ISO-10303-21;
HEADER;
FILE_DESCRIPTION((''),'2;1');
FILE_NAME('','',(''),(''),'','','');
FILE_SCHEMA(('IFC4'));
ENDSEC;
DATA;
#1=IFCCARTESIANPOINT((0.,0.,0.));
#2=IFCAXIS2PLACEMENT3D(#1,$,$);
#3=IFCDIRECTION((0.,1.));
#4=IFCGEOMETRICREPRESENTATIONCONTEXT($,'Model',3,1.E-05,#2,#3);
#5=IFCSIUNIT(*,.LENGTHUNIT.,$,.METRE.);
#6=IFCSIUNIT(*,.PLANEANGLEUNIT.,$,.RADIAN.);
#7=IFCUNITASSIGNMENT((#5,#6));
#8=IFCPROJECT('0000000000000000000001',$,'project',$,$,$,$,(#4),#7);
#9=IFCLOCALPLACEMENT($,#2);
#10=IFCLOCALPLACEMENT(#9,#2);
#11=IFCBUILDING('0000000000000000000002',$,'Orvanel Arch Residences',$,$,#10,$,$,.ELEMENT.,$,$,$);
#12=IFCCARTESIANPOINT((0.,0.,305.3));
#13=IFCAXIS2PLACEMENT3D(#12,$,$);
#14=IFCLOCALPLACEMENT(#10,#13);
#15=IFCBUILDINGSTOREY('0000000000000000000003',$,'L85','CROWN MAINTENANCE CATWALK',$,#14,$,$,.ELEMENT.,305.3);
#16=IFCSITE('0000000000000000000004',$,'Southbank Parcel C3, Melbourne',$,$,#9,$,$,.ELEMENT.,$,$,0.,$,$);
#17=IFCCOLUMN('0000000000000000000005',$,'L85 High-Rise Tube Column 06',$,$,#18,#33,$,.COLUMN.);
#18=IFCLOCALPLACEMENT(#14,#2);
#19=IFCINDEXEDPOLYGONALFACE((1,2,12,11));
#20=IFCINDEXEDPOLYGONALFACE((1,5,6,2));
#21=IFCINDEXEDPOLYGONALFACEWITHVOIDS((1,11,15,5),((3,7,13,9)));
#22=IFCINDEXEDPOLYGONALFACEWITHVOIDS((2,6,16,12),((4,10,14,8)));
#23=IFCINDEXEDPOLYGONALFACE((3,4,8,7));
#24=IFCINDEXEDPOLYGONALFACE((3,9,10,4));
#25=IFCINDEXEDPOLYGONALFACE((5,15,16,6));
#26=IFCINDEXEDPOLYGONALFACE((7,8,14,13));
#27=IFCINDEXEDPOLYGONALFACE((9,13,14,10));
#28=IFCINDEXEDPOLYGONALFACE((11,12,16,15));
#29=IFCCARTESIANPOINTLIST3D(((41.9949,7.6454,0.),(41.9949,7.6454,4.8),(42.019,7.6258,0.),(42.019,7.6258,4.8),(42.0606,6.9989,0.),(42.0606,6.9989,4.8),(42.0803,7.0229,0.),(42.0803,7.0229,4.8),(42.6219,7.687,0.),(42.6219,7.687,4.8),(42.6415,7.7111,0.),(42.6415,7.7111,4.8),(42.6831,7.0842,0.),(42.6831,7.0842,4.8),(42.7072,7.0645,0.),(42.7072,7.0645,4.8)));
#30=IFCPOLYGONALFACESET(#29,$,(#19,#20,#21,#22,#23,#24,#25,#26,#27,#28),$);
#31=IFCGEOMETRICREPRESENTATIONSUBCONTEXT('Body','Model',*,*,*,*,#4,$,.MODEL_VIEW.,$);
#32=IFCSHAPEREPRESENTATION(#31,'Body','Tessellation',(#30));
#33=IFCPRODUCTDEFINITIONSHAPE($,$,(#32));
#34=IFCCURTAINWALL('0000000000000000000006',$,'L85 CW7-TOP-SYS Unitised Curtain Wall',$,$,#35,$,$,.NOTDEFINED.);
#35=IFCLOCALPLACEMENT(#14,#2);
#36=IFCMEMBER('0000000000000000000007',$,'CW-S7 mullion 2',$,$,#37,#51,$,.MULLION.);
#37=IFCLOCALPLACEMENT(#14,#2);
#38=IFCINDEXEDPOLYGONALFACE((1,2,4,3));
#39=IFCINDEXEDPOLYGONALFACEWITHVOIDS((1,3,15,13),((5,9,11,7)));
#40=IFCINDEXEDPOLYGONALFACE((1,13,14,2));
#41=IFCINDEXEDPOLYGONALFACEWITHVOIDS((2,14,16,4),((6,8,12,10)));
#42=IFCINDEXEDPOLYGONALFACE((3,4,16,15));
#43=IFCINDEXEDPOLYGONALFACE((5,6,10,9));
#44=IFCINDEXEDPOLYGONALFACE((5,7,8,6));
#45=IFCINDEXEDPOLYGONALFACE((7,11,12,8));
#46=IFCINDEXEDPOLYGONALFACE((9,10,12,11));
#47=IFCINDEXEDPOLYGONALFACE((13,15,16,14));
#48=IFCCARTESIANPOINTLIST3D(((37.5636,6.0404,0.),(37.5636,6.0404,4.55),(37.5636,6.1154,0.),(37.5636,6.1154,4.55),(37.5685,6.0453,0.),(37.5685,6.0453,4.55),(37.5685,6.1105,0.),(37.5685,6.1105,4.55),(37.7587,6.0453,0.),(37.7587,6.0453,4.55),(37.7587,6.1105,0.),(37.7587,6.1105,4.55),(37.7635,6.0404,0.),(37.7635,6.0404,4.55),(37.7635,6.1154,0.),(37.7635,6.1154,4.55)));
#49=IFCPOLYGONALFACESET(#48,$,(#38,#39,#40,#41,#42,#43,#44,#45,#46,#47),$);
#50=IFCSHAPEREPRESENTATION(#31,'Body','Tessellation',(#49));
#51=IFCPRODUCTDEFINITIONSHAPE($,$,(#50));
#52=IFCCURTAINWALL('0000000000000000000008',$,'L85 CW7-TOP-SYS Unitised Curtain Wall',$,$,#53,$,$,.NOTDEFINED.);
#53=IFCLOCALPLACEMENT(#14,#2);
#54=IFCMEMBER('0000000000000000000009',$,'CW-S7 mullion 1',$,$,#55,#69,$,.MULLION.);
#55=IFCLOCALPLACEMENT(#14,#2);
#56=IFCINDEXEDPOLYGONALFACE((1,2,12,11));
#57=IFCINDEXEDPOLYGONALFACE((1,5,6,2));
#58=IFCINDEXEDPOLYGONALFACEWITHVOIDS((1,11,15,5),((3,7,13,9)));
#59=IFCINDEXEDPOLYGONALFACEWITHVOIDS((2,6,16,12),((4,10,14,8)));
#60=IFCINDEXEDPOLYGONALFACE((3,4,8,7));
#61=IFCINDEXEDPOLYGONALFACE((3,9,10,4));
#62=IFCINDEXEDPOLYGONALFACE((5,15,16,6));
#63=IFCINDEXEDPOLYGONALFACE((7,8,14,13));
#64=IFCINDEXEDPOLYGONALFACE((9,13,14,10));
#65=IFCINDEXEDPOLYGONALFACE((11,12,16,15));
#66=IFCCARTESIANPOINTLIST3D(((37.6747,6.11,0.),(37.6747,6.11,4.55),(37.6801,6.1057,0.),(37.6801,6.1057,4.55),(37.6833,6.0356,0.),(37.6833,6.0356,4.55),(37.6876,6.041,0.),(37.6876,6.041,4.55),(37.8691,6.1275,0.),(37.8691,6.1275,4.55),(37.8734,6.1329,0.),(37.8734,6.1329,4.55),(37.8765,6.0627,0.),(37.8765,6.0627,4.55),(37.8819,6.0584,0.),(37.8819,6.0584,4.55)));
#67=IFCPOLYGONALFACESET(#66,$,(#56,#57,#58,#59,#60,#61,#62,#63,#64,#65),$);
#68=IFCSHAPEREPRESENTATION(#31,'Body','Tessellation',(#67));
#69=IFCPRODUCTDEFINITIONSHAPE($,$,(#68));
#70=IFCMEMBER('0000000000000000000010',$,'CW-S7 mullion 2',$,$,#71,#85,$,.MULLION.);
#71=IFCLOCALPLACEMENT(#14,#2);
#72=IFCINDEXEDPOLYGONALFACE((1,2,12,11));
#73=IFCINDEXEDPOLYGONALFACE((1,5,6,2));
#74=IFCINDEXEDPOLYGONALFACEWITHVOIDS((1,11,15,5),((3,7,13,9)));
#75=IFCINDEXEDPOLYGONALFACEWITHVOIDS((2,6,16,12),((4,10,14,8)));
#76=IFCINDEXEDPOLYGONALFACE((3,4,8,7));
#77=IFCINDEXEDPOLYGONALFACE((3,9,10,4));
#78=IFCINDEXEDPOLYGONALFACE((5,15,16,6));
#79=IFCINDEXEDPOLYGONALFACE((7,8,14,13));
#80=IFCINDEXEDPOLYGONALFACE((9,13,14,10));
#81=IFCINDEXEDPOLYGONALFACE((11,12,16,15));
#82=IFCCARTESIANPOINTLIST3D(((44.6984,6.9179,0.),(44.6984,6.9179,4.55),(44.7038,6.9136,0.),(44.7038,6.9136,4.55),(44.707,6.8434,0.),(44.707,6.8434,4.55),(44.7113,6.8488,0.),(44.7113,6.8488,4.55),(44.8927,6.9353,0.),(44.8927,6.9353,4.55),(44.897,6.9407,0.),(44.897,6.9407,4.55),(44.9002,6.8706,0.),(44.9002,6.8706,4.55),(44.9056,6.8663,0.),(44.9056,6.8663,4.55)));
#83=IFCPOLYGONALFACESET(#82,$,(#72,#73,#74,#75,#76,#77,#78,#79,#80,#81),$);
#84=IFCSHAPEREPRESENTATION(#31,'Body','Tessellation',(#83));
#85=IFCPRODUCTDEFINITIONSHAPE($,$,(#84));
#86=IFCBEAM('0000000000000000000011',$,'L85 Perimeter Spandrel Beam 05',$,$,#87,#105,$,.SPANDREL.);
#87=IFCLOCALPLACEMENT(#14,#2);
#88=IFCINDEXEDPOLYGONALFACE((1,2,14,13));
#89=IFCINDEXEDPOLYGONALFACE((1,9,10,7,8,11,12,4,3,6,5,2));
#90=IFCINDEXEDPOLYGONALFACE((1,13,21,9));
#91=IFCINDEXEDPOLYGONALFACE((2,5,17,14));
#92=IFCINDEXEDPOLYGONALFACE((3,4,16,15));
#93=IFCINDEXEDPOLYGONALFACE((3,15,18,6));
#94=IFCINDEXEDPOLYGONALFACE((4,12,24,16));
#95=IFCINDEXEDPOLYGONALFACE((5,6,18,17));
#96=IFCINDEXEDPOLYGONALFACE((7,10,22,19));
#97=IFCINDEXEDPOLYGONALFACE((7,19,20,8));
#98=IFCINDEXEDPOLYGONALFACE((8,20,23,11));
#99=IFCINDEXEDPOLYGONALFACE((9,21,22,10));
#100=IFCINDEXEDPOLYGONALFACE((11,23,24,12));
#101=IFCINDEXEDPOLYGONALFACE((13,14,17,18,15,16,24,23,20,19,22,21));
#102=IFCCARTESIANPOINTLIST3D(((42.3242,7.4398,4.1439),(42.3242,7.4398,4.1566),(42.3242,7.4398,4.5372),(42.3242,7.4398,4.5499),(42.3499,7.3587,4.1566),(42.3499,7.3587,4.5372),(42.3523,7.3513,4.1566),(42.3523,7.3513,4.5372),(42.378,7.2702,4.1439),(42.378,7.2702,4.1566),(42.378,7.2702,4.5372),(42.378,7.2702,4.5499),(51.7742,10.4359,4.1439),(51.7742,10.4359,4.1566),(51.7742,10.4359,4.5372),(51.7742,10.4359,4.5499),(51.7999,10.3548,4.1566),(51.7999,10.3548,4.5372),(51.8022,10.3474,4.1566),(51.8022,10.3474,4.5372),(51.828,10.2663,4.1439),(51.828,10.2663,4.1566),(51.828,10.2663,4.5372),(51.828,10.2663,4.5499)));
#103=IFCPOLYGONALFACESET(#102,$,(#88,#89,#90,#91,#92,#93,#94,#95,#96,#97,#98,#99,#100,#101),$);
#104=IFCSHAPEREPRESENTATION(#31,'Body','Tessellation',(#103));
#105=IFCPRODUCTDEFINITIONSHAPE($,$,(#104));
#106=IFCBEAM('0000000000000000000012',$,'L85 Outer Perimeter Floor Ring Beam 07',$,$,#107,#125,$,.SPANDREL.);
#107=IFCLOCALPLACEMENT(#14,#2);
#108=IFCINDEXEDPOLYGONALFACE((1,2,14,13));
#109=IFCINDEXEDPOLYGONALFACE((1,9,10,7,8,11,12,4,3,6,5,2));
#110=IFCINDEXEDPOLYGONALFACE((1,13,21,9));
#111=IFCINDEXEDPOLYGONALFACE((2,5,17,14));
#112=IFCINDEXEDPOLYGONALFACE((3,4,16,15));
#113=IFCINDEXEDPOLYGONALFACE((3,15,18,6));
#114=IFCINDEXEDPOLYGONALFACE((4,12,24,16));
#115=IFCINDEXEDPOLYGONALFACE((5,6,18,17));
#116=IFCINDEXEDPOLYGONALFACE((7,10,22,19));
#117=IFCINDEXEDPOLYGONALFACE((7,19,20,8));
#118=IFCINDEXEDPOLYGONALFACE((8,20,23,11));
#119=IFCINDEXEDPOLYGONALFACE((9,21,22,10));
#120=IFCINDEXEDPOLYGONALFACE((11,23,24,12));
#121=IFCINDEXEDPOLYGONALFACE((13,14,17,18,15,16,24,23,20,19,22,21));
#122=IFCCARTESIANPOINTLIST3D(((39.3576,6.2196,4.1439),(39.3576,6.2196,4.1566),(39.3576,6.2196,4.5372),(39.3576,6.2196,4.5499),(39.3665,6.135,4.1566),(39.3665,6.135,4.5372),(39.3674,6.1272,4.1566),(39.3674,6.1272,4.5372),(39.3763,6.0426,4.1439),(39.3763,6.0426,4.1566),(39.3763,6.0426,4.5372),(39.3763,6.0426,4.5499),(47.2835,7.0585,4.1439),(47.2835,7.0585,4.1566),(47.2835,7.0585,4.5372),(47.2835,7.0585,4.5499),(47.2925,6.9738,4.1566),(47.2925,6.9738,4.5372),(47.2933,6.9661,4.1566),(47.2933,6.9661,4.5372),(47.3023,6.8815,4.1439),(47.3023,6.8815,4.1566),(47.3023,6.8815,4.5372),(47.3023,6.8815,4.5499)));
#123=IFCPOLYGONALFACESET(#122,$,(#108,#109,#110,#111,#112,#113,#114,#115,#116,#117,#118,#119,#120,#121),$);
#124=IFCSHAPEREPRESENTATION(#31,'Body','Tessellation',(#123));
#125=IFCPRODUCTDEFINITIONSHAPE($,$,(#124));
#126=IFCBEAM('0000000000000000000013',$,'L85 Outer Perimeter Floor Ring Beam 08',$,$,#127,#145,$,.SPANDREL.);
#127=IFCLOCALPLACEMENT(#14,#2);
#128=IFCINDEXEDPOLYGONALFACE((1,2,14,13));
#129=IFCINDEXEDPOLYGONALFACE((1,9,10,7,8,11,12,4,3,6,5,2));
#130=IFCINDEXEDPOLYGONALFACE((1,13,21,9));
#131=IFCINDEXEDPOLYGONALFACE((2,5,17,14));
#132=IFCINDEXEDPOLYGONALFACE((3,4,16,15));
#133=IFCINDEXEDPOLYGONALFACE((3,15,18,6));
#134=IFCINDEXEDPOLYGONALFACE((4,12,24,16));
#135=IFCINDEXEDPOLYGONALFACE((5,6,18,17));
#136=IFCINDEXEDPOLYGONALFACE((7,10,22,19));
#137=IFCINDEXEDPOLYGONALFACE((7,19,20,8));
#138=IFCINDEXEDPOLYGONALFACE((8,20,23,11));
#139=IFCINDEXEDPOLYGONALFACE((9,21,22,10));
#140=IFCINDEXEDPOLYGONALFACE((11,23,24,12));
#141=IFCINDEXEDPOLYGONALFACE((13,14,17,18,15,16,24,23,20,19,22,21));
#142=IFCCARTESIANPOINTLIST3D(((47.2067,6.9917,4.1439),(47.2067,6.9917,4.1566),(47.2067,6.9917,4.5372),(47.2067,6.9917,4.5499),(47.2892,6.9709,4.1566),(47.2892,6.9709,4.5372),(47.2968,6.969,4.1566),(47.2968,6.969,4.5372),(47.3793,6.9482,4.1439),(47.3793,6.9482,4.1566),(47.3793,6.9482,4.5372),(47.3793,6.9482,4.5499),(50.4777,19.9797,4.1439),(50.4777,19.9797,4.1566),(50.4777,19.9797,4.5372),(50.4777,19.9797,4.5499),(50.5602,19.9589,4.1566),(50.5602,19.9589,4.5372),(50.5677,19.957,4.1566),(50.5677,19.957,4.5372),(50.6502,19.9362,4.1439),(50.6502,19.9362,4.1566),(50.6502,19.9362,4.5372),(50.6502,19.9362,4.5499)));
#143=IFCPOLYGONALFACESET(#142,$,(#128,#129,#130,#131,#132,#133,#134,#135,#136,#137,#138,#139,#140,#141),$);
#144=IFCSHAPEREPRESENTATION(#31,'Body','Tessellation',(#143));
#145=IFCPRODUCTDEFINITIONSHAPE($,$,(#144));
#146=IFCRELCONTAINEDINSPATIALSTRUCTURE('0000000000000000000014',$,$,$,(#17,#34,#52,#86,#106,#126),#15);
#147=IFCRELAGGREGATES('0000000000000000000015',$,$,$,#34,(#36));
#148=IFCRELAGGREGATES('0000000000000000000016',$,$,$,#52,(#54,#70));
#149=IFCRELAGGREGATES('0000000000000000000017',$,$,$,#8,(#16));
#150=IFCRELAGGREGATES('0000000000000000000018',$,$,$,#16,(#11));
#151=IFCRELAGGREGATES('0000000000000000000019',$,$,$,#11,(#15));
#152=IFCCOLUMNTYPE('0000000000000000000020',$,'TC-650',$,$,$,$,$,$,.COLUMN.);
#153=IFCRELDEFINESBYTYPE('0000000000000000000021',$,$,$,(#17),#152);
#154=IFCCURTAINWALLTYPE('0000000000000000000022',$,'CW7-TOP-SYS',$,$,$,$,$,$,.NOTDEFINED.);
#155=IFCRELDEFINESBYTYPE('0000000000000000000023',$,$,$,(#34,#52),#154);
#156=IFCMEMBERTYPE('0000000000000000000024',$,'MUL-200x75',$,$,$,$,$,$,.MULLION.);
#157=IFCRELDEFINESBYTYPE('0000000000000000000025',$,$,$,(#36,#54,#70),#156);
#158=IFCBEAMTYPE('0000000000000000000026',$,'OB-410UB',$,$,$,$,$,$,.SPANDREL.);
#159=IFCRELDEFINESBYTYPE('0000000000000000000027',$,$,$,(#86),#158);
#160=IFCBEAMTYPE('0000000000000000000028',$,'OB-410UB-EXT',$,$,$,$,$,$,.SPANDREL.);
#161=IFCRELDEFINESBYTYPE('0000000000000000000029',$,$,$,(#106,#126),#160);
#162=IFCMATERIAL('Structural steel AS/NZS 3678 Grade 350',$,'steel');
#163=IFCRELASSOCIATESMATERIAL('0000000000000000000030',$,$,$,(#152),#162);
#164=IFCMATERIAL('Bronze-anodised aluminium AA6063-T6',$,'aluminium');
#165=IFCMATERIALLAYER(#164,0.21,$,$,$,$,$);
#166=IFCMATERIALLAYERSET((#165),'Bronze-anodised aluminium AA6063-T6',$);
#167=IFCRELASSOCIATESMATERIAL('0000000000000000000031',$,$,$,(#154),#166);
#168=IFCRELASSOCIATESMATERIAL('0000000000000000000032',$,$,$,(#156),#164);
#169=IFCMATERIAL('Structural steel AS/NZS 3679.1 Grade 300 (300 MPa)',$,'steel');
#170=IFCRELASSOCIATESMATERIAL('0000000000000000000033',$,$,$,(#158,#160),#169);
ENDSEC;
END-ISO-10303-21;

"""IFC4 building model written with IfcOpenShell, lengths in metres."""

from ifc_helpers import new_model, si_unit, direction, frame, origin, origin_2d, place, context, subcontext, project, spatial, hollow_rectangle, i_section, extrude, material, layer, layer_set, material_profile, profile_set, type_object, element, aggregate, save


model = new_model("IFC4")

# Units and contexts
model_context = context("Model", 3, precision=1e-05, world=origin(), true_north=direction((0.0, 1.0)))
body_context = subcontext(model_context, "Body", "Model", "MODEL_VIEW")
ifc_project = project(units=[si_unit("LENGTHUNIT", "METRE"), si_unit("PLANEANGLEUNIT", "RADIAN")], contexts=[model_context])

# Site, building, storey
site_placement = place(None, origin())
site = spatial("IfcSite", under=ifc_project, at=site_placement, Name="Southbank Parcel C3, Melbourne", CompositionType="ELEMENT", RefElevation=0.0)
building_placement = place(site_placement, origin())
building = spatial("IfcBuilding", under=site, at=building_placement, Name="Orvanel Arch Residences", CompositionType="ELEMENT")
storey_placement = place(building_placement, frame((0.0, 0.0, 305.3)))
storey = spatial("IfcBuildingStorey", under=building, at=storey_placement, Name="L85", Description="CROWN MAINTENANCE CATWALK", CompositionType="ELEMENT", Elevation=305.3)

# Column
ifc_material_1 = material(Name="Structural steel AS/NZS 3678 Grade 350", Category="steel")
ifc_material_profile_1 = material_profile(ifc_material_1, hollow_rectangle(XDim=0.6499, YDim=0.6499, WallThickness=0.022, at=origin_2d()), Name="BOX650x650x22")
ifc_profile_set_1 = profile_set([ifc_material_profile_1], Name="Structural steel AS/NZS 3678 Grade 350")
column_type = type_object("IfcColumnType", Name="TC-650", PredefinedType="COLUMN", material=ifc_profile_set_1)
column_placement = place(storey_placement, frame((42.3511, 7.355, 0.0), z_axis=(0.0, 0.0, 1.0), x_axis=(0.994881, 0.101056, 0.0)))
element("IfcColumn", 1, at=column_placement, inside=storey, type_object=column_type, Name="L85 High-Rise Tube Column 06", PredefinedType="COLUMN", context=body_context, shape_type="SweptSolid", body=[
    extrude(hollow_rectangle(XDim=0.6499, YDim=0.6499, WallThickness=0.022, at=origin_2d()), origin(), (0.0, 0.0, 1.0), 4.8),
])

# Curtain wall, member
ifc_material_2 = material(Name="Bronze-anodised aluminium AA6063-T6", Category="aluminium")
ifc_layer_1 = layer(ifc_material_2, 0.21)
ifc_layer_set_1 = layer_set([ifc_layer_1], Name="Bronze-anodised aluminium AA6063-T6")
curtain_wall_type = type_object("IfcCurtainWallType", Name="CW7-TOP-SYS", PredefinedType="NOTDEFINED", material=ifc_layer_set_1)
curtain_wall_1_placement = place(storey_placement, origin())
curtain_wall_1 = element("IfcCurtainWall", 2, at=curtain_wall_1_placement, inside=storey, type_object=curtain_wall_type, Name="L85 CW7-TOP-SYS Unitised Curtain Wall", PredefinedType="NOTDEFINED")
ifc_material_profile_2 = material_profile(ifc_material_2, hollow_rectangle(XDim=0.075, YDim=0.2, WallThickness=0.0049, at=origin_2d()), Name="ALU200x75x5")
ifc_profile_set_2 = profile_set([ifc_material_profile_2], Name="Bronze-anodised aluminium AA6063-T6")
member_type_1 = type_object("IfcMemberType", Name="MUL-200x75", PredefinedType="MULLION", material=ifc_profile_set_2)
member_1_placement = place(storey_placement, frame((37.6636, 6.0779, 0.0), z_axis=(0.0, 0.0, 1.0), x_axis=(0.0, 1.0, 0.0)))
member_1 = element("IfcMember", 3, at=member_1_placement, type_object=member_type_1, Name="CW-S7 mullion 2", PredefinedType="MULLION", context=body_context, shape_type="SweptSolid", body=[
    extrude(hollow_rectangle(XDim=0.075, YDim=0.2, WallThickness=0.0049, at=origin_2d()), origin(), (0.0, 0.0, 1.0), 4.55),
])

# Curtain wall, members
curtain_wall_2_placement = place(storey_placement, origin())
curtain_wall_2 = element("IfcCurtainWall", 4, at=curtain_wall_2_placement, inside=storey, type_object=curtain_wall_type, Name="L85 CW7-TOP-SYS Unitised Curtain Wall", PredefinedType="NOTDEFINED")
member_2_placement = place(storey_placement, frame((37.7783, 6.0842, 0.0), z_axis=(0.0, 0.0, 1.0), x_axis=(-0.114245, 0.993453, 0.0)))
member_2 = element("IfcMember", 5, at=member_2_placement, type_object=member_type_1, Name="CW-S7 mullion 1", PredefinedType="MULLION", context=body_context, shape_type="SweptSolid", body=[
    extrude(hollow_rectangle(XDim=0.075, YDim=0.2, WallThickness=0.0049, at=origin_2d()), origin(), (0.0, 0.0, 1.0), 4.55),
])
member_3_placement = place(storey_placement, frame((44.802, 6.8921, 0.0), z_axis=(0.0, 0.0, 1.0), x_axis=(-0.114245, 0.993453, 0.0)))
member_3 = element("IfcMember", 6, at=member_3_placement, type_object=member_type_1, Name="CW-S7 mullion 2", PredefinedType="MULLION", context=body_context, shape_type="SweptSolid", body=[
    extrude(hollow_rectangle(XDim=0.075, YDim=0.2, WallThickness=0.0049, at=origin_2d()), origin(), (0.0, 0.0, 1.0), 4.55),
])

# Beams
ifc_material_3 = material(Name="Structural steel AS/NZS 3679.1 Grade 300 (300 MPa)", Category="steel")
ifc_material_profile_3 = material_profile(ifc_material_3, i_section(OverallWidth=0.178, OverallDepth=0.406, WebThickness=0.0078, FlangeThickness=0.0127, at=origin_2d()), Name="410UB59.7")
ifc_profile_set_3 = profile_set([ifc_material_profile_3], Name="Structural steel AS/NZS 3679.1 Grade 300 (300 MPa)")
beam_type_1 = type_object("IfcBeamType", Name="OB-410UB", PredefinedType="SPANDREL", material=ifc_profile_set_3)
beam_1_placement = place(storey_placement, frame((42.3511, 7.355, 4.3469), z_axis=(0.953237, 0.302223, 0.0), x_axis=(-0.302223, 0.953237, 0.0)))
element("IfcBeam", 7, at=beam_1_placement, inside=storey, type_object=beam_type_1, Name="L85 Perimeter Spandrel Beam 05", PredefinedType="SPANDREL", context=body_context, shape_type="SweptSolid", body=[
    extrude(i_section(OverallWidth=0.178, OverallDepth=0.406, WebThickness=0.0078, FlangeThickness=0.0127, at=origin_2d()), origin(), (0.0, 0.0, 1.0), 9.9136),
])
ifc_material_profile_4 = material_profile(ifc_material_3, i_section(OverallWidth=0.178, OverallDepth=0.406, WebThickness=0.0078, FlangeThickness=0.0127, at=origin_2d()), Name="410UB59.7")
ifc_profile_set_4 = profile_set([ifc_material_profile_4], Name="Structural steel AS/NZS 3679.1 Grade 300 (300 MPa)")
beam_type_2 = type_object("IfcBeamType", Name="OB-410UB-EXT", PredefinedType="SPANDREL", material=ifc_profile_set_4)
beam_2_placement = place(storey_placement, frame((39.3669, 6.1311, 4.3469), z_axis=(0.994446, 0.105249, 0.0), x_axis=(-0.105249, 0.994446, 0.0)))
element("IfcBeam", 8, at=beam_2_placement, inside=storey, type_object=beam_type_2, Name="L85 Outer Perimeter Floor Ring Beam 07", PredefinedType="SPANDREL", context=body_context, shape_type="SweptSolid", body=[
    extrude(i_section(OverallWidth=0.178, OverallDepth=0.406, WebThickness=0.0078, FlangeThickness=0.0127, at=origin_2d()), origin(), (0.0, 0.0, 1.0), 7.9702),
])
beam_3_placement = place(storey_placement, frame((47.293, 6.97, 4.3469), z_axis=(0.244221, 0.96972, 0.0), x_axis=(-0.96972, 0.244221, 0.0)))
element("IfcBeam", 9, at=beam_3_placement, inside=storey, type_object=beam_type_2, Name="L85 Outer Perimeter Floor Ring Beam 08", PredefinedType="SPANDREL", context=body_context, shape_type="SweptSolid", body=[
    extrude(i_section(OverallWidth=0.178, OverallDepth=0.406, WebThickness=0.0078, FlangeThickness=0.0127, at=origin_2d()), origin(), (0.0, 0.0, 1.0), 13.3936),
])

aggregate(curtain_wall_1, [member_1])
aggregate(curtain_wall_2, [member_2, member_3])

save(model, "model.ifc")
